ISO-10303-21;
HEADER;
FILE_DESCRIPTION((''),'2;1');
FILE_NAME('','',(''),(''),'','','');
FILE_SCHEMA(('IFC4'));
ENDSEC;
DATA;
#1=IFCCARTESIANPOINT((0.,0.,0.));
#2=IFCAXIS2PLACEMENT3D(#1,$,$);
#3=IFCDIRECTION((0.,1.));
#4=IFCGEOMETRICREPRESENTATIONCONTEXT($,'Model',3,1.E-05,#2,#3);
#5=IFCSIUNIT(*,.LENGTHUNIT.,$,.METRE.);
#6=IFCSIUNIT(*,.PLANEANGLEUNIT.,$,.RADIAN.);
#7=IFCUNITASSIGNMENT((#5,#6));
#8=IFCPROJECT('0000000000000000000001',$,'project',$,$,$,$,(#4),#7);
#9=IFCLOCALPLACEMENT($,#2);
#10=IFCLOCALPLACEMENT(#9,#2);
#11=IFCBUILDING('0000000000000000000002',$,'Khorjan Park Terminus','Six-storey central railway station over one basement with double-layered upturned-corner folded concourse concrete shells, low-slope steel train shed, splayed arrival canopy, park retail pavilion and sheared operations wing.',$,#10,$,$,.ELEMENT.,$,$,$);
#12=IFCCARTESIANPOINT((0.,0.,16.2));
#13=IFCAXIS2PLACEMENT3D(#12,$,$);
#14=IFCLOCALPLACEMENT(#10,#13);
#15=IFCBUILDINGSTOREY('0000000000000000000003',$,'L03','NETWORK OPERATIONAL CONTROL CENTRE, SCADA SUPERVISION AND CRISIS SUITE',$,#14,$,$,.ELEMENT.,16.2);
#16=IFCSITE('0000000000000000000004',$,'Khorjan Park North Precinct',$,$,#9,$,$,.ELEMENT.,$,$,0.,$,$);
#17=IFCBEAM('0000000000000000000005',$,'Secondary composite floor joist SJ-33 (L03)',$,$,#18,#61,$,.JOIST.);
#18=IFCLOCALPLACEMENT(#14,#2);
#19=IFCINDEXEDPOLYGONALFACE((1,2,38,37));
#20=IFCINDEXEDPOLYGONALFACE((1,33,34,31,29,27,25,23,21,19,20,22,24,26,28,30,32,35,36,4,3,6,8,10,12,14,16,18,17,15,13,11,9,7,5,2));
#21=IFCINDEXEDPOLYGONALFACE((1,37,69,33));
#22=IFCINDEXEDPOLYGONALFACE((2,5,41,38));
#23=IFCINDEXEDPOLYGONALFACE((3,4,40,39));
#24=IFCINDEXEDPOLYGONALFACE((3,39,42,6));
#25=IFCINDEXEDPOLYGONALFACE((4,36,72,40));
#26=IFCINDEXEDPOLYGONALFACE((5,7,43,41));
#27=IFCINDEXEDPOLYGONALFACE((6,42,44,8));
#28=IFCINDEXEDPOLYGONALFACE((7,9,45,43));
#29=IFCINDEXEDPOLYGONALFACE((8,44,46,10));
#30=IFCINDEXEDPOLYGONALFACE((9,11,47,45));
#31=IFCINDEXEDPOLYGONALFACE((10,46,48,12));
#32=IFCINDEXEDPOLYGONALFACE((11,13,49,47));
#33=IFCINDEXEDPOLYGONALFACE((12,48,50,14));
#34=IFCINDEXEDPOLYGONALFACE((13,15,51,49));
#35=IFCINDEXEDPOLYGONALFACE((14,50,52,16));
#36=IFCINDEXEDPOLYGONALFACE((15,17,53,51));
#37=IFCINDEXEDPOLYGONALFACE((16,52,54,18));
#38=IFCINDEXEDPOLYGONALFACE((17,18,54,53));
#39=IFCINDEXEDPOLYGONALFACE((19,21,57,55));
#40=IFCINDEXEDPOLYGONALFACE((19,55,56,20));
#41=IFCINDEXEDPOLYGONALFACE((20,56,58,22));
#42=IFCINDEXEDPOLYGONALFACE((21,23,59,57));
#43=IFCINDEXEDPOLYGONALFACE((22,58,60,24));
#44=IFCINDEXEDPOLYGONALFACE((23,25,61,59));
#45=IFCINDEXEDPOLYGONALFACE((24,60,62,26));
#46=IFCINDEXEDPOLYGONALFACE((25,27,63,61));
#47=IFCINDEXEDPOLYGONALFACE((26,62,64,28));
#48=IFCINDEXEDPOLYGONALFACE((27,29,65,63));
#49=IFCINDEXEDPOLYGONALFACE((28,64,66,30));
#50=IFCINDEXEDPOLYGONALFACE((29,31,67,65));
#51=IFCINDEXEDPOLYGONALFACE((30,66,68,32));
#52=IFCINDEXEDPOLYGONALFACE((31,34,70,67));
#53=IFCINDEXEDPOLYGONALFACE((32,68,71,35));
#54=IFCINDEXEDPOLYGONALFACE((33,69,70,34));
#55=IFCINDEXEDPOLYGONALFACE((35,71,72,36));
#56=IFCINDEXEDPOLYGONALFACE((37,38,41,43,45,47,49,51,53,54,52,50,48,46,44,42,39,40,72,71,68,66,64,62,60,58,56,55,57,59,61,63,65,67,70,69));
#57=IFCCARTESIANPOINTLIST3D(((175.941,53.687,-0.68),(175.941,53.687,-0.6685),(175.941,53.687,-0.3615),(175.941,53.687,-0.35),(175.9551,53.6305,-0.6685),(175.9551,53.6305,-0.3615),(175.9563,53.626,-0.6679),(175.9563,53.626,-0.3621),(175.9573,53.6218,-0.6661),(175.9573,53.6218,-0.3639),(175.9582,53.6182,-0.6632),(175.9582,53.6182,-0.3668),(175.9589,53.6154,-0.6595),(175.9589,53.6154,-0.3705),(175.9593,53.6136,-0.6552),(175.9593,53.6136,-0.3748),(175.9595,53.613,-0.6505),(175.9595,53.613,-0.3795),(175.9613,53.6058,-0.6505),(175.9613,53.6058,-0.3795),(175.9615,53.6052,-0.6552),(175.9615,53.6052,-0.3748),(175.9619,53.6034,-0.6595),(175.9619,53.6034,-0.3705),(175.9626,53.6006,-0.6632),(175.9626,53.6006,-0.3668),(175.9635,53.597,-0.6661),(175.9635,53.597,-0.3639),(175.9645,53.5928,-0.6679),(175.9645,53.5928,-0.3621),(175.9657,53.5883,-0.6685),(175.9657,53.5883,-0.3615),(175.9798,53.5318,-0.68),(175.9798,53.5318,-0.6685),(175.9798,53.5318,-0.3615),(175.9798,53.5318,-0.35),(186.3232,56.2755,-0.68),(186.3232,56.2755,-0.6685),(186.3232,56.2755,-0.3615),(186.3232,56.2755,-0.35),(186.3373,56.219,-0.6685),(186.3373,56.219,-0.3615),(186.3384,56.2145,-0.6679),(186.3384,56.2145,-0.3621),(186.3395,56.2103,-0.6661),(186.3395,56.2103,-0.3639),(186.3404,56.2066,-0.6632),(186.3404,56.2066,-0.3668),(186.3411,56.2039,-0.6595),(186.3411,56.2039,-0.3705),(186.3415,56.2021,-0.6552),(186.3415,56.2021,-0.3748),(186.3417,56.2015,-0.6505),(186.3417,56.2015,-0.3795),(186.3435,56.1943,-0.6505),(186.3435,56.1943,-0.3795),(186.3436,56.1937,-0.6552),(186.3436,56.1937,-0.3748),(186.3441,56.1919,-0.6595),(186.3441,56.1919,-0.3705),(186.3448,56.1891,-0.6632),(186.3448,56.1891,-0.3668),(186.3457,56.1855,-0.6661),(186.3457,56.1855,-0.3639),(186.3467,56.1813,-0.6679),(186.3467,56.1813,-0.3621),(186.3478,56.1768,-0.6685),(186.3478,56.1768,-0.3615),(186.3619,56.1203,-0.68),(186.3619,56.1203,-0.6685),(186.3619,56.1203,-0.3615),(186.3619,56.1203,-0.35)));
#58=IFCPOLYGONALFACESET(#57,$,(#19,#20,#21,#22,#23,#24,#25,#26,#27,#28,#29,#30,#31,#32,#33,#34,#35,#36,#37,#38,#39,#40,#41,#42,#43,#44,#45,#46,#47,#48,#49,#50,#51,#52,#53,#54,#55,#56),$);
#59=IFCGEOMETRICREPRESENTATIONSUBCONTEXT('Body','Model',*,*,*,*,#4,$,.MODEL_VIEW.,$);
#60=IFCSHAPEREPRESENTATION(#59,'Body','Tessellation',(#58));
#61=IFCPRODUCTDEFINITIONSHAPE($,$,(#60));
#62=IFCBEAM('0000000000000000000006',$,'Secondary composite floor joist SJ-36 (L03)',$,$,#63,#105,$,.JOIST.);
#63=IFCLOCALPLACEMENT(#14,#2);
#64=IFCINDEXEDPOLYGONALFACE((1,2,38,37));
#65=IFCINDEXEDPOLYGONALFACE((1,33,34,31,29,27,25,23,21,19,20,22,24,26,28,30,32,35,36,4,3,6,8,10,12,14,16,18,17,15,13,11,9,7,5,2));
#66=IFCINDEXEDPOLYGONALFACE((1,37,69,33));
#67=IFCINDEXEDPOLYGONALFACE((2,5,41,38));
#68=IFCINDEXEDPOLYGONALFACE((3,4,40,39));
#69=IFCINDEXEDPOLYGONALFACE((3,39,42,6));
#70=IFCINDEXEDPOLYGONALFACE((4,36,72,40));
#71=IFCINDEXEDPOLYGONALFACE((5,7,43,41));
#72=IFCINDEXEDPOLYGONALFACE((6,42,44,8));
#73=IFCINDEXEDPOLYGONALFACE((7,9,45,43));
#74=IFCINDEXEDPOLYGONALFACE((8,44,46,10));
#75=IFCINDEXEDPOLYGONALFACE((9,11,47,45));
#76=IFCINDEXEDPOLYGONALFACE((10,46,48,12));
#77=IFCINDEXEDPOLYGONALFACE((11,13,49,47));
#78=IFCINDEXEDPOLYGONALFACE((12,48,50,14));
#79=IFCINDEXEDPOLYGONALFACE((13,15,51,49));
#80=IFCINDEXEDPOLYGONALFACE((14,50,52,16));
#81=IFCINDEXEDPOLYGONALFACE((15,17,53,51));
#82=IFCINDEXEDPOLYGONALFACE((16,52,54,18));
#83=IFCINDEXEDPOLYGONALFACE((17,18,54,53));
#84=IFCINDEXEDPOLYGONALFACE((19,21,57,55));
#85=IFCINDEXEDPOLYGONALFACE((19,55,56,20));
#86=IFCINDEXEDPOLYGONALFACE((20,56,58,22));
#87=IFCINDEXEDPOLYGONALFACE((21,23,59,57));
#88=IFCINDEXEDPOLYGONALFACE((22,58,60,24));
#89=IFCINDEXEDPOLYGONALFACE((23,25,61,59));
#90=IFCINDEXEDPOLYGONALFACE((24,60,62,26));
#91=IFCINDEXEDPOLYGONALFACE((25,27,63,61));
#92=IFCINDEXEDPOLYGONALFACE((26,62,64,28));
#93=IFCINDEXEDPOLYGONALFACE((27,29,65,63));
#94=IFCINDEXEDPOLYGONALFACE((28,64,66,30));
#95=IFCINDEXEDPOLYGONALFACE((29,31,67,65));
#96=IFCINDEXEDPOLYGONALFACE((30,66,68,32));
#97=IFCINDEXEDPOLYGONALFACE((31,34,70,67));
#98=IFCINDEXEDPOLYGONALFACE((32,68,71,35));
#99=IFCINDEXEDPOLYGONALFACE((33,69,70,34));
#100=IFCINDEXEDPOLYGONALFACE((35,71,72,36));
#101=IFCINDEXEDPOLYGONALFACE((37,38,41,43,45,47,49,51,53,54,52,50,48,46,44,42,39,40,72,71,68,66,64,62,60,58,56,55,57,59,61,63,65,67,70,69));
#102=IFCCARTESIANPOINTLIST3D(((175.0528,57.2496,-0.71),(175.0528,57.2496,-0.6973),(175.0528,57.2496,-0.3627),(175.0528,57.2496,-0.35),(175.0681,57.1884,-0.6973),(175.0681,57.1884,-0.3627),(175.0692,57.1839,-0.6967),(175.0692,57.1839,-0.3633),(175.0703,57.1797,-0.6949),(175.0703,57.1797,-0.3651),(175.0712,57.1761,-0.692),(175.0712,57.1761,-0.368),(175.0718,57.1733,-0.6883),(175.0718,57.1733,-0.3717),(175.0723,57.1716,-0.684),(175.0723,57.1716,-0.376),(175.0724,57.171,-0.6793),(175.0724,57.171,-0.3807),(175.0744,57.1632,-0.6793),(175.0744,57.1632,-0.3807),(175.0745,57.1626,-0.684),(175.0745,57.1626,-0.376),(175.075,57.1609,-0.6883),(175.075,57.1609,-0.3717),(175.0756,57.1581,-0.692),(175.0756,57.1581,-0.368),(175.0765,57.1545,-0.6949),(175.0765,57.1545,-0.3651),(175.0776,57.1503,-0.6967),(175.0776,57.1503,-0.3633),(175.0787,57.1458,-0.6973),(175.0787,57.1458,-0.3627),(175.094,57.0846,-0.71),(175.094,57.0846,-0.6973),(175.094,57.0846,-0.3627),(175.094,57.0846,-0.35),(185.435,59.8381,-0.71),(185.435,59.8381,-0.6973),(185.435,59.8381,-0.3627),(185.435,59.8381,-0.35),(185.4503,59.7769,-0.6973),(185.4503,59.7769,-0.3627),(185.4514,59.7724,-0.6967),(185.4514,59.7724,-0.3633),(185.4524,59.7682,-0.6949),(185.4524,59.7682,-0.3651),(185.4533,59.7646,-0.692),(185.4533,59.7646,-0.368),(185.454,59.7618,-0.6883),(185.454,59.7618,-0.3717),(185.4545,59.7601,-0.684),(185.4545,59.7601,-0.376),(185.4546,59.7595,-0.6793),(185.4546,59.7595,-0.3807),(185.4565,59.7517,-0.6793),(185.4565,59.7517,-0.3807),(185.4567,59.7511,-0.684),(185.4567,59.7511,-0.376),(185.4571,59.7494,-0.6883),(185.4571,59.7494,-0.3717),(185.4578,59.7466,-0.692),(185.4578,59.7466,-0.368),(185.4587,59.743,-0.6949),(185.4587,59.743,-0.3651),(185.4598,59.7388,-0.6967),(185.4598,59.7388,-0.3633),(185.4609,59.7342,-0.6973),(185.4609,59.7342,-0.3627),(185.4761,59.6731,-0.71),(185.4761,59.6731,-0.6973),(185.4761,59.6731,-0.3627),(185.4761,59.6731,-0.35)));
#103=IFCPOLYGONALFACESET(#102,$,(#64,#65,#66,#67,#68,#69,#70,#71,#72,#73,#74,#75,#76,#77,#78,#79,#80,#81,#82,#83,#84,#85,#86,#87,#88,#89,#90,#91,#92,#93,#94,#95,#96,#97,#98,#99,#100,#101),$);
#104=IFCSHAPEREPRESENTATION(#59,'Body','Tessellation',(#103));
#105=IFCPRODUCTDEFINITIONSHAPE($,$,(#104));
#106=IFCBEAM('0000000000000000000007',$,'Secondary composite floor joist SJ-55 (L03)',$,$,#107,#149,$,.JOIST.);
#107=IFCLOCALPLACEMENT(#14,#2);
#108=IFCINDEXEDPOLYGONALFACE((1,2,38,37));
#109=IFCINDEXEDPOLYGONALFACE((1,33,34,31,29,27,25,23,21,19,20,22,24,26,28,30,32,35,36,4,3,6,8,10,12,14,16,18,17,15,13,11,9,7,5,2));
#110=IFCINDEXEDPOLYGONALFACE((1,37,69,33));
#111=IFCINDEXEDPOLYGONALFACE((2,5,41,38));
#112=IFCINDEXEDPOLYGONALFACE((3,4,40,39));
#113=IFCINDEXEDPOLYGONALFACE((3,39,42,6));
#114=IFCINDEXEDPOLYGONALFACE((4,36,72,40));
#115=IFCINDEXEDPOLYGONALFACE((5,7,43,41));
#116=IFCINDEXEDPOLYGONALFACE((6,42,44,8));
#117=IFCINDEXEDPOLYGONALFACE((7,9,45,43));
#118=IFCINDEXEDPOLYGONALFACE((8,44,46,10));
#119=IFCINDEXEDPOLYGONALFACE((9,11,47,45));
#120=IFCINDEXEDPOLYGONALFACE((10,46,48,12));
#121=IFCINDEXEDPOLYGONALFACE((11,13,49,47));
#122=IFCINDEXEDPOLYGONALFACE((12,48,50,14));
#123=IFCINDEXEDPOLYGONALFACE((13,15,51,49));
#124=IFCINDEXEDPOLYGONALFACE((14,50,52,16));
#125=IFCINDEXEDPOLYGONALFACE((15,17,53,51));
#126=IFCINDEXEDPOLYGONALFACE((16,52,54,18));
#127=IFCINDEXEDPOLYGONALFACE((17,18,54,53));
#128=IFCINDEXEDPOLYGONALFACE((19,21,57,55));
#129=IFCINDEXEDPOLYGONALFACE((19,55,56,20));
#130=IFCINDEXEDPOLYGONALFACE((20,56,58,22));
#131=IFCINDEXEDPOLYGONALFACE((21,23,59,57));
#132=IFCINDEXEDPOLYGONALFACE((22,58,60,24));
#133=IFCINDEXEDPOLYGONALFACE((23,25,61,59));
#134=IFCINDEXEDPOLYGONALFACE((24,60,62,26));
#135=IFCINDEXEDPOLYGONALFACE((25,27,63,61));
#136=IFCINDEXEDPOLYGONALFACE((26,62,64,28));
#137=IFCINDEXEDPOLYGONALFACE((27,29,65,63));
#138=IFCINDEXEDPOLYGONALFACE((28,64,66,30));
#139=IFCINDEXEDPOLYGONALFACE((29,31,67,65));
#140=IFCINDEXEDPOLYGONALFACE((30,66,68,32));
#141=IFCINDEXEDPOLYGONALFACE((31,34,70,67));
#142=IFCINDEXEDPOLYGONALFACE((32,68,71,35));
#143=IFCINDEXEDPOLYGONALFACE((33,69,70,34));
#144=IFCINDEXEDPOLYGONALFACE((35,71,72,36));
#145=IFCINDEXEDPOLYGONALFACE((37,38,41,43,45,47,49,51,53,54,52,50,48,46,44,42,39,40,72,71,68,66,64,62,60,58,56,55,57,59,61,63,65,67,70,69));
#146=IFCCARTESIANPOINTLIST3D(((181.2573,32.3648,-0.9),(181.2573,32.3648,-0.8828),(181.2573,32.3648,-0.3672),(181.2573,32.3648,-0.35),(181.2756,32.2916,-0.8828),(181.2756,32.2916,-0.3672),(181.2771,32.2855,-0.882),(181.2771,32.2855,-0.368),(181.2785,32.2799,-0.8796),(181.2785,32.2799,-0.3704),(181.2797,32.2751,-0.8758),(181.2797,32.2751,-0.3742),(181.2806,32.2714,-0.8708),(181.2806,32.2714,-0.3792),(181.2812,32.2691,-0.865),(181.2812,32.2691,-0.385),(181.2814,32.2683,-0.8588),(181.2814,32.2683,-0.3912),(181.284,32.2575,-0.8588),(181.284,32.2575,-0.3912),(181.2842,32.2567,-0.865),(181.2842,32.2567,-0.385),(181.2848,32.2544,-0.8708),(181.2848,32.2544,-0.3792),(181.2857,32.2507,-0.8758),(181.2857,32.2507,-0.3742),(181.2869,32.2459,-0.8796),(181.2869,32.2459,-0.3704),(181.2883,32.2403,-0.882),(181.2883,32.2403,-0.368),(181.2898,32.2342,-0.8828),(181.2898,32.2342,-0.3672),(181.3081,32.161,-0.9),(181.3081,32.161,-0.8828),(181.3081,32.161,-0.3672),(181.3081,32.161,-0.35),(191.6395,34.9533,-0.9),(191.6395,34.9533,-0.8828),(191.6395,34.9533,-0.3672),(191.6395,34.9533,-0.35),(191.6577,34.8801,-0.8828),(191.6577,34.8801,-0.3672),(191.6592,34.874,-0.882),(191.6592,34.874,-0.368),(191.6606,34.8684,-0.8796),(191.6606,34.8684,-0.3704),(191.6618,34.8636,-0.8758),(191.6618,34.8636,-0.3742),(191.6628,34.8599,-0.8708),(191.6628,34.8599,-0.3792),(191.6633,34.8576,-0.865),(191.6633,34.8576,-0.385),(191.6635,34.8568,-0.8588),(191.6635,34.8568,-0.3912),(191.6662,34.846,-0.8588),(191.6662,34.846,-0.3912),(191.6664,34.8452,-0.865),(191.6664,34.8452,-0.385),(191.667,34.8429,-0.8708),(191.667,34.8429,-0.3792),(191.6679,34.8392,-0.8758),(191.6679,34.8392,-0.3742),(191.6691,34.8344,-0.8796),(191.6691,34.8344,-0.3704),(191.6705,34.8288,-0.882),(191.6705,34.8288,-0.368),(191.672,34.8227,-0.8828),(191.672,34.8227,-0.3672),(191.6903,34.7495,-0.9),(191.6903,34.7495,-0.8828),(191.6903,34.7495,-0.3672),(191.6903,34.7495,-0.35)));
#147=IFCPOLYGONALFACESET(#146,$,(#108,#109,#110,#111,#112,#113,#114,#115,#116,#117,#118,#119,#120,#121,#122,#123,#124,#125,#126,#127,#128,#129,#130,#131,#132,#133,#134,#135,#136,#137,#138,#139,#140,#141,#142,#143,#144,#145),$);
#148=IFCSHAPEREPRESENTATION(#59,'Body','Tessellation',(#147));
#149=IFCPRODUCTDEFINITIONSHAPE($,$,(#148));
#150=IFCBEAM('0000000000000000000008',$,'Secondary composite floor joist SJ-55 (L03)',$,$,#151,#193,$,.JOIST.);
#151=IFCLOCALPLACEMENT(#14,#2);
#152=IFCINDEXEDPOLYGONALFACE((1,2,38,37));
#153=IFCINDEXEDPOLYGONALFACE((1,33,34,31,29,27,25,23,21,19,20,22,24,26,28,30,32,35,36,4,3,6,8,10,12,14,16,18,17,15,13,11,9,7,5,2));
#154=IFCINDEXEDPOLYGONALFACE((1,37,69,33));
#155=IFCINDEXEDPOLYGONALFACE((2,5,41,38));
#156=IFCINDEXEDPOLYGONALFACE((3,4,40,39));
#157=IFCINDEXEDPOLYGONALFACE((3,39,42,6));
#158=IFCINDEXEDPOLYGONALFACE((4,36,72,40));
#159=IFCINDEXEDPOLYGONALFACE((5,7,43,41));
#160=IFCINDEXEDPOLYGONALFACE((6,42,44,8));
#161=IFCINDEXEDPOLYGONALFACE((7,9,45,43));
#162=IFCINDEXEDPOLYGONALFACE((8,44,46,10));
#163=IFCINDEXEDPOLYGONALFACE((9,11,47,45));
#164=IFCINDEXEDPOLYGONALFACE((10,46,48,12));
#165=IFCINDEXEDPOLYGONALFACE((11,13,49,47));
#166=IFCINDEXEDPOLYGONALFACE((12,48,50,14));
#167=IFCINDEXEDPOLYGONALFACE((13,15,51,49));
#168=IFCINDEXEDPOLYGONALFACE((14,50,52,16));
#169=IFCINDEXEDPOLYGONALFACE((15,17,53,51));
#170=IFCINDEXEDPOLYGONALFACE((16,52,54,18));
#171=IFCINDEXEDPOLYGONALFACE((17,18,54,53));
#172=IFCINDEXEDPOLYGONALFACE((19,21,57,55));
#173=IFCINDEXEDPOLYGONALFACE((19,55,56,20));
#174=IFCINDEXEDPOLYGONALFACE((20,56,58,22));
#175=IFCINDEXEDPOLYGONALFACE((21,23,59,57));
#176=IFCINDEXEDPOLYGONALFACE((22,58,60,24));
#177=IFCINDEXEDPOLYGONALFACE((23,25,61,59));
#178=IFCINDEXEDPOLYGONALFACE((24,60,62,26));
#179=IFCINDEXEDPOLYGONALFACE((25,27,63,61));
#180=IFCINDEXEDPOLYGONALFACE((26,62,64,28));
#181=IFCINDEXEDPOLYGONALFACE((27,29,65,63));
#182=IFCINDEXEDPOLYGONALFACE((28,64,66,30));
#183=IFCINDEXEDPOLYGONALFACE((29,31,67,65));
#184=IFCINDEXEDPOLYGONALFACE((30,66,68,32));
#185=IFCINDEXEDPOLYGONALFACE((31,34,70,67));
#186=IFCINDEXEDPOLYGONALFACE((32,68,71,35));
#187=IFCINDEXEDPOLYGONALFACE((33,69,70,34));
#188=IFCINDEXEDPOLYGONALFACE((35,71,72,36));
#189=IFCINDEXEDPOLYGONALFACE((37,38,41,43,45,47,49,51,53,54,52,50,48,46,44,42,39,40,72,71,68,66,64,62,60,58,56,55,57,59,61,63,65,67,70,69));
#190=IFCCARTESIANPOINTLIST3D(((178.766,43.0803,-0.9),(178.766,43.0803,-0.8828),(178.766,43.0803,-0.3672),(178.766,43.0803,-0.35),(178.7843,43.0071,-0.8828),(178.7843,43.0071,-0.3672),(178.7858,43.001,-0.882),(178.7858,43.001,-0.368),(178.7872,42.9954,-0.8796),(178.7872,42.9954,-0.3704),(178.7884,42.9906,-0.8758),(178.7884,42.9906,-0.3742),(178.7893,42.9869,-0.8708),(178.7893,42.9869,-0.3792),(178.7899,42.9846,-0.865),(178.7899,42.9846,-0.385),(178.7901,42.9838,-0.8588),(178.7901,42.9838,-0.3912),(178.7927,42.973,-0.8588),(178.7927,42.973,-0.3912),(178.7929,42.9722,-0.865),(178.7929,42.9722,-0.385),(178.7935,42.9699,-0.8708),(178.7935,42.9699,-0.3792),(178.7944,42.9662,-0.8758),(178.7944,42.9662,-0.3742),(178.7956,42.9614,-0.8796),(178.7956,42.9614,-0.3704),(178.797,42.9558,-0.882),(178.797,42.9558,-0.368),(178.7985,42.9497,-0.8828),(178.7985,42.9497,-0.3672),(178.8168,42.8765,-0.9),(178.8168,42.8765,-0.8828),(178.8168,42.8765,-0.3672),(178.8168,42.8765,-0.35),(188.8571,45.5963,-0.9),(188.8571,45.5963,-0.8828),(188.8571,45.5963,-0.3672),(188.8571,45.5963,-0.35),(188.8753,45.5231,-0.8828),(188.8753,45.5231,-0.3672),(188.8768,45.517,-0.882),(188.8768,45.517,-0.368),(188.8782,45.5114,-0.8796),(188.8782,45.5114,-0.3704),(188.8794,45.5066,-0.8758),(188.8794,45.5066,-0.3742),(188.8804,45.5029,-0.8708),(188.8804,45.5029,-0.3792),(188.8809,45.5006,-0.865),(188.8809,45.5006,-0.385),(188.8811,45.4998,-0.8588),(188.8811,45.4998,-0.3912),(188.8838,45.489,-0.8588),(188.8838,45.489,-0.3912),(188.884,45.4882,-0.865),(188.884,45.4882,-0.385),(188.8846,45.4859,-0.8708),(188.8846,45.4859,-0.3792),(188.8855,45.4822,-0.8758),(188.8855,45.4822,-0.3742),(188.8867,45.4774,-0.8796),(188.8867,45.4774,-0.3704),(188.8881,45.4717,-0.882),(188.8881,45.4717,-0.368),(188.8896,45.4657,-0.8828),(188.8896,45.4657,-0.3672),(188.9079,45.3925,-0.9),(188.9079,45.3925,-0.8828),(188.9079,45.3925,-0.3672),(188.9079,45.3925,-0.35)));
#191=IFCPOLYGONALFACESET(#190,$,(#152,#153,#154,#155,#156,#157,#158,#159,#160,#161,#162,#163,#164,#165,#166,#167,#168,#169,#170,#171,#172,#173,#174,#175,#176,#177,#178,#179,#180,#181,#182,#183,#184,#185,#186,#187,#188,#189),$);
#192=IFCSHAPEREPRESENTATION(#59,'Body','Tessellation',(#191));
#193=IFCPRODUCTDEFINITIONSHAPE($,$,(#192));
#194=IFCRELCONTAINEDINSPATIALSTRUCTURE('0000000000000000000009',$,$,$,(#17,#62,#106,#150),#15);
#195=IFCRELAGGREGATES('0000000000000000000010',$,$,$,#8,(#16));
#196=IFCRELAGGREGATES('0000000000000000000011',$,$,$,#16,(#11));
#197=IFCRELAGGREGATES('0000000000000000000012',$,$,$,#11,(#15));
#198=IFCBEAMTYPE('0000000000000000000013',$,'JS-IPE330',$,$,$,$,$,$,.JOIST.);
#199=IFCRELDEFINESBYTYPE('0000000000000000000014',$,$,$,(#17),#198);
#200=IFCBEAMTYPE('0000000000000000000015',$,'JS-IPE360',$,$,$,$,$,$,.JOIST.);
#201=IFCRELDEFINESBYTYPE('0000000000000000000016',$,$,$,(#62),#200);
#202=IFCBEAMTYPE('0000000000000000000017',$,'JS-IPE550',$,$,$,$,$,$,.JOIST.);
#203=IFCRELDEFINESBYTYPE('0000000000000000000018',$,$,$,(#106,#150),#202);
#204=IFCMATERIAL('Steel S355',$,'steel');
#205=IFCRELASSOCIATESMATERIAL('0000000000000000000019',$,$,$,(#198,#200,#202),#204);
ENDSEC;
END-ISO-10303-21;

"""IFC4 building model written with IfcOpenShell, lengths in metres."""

from ifc_helpers import new_model, si_unit, direction, frame, origin, origin_2d, place, context, subcontext, project, spatial, i_section, extrude, material, material_profile, profile_set, type_object, element, save


model = new_model("IFC4")

# Units and contexts
model_context = context("Model", 3, precision=1e-05, world=origin(), true_north=direction((0.0, 1.0)))
body_context = subcontext(model_context, "Body", "Model", "MODEL_VIEW")
ifc_project = project(units=[si_unit("LENGTHUNIT", "METRE"), si_unit("PLANEANGLEUNIT", "RADIAN")], contexts=[model_context])

# Site, building, storey
site_placement = place(None, origin())
site = spatial("IfcSite", under=ifc_project, at=site_placement, Name="Khorjan Park North Precinct", CompositionType="ELEMENT", RefElevation=0.0)
building_placement = place(site_placement, origin())
building = spatial("IfcBuilding", under=site, at=building_placement, Name="Khorjan Park Terminus", Description="Six-storey central railway station over one basement with double-layered upturned-corner folded concourse concrete shells, low-slope steel train shed, splayed arrival canopy, park retail pavilion and sheared operations wing.", CompositionType="ELEMENT")
storey_placement = place(building_placement, frame((0.0, 0.0, 16.2)))
storey = spatial("IfcBuildingStorey", under=building, at=storey_placement, Name="L03", Description="NETWORK OPERATIONAL CONTROL CENTRE, SCADA SUPERVISION AND CRISIS SUITE", CompositionType="ELEMENT", Elevation=16.2)

# Beams
ifc_material_1 = material(Name="Steel S355", Category="steel")
ifc_material_profile_1 = material_profile(ifc_material_1, i_section(OverallWidth=0.16, OverallDepth=0.33, WebThickness=0.0075, FlangeThickness=0.0115, FilletRadius=0.018, at=origin_2d()), Name="IPE 330")
ifc_profile_set_1 = profile_set([ifc_material_profile_1], Name="Steel S355")
beam_type_1 = type_object("IfcBeamType", Name="JS-IPE330", PredefinedType="JOIST", material=ifc_profile_set_1)
beam_1_placement = place(storey_placement, frame((175.9604, 53.6094, -0.515), z_axis=(0.970297, 0.241915, 0.0), x_axis=(-0.241915, 0.970297, 0.0)))
element("IfcBeam", 1, at=beam_1_placement, inside=storey, type_object=beam_type_1, Name="Secondary composite floor joist SJ-33 (L03)", PredefinedType="JOIST", context=body_context, shape_type="SweptSolid", body=[
    extrude(i_section(OverallWidth=0.16, OverallDepth=0.33, WebThickness=0.0075, FlangeThickness=0.0115, FilletRadius=0.018, at=origin_2d()), origin(), (0.0, 0.0, 1.0), 10.7),
])
ifc_material_profile_2 = material_profile(ifc_material_1, i_section(OverallWidth=0.17, OverallDepth=0.36, WebThickness=0.008, FlangeThickness=0.0127, FilletRadius=0.018, at=origin_2d()), Name="IPE 360")
ifc_profile_set_2 = profile_set([ifc_material_profile_2], Name="Steel S355")
beam_type_2 = type_object("IfcBeamType", Name="JS-IPE360", PredefinedType="JOIST", material=ifc_profile_set_2)
beam_2_placement = place(storey_placement, frame((175.0734, 57.1671, -0.53), z_axis=(0.970297, 0.241915, 0.0), x_axis=(-0.241915, 0.970297, 0.0)))
element("IfcBeam", 2, at=beam_2_placement, inside=storey, type_object=beam_type_2, Name="Secondary composite floor joist SJ-36 (L03)", PredefinedType="JOIST", context=body_context, shape_type="SweptSolid", body=[
    extrude(i_section(OverallWidth=0.17, OverallDepth=0.36, WebThickness=0.008, FlangeThickness=0.0127, FilletRadius=0.018, at=origin_2d()), origin(), (0.0, 0.0, 1.0), 10.7),
])
ifc_material_profile_3 = material_profile(ifc_material_1, i_section(OverallWidth=0.21, OverallDepth=0.55, WebThickness=0.0111, FlangeThickness=0.0172, FilletRadius=0.024, at=origin_2d()), Name="IPE 550")
ifc_profile_set_3 = profile_set([ifc_material_profile_3], Name="Steel S355")
beam_type_3 = type_object("IfcBeamType", Name="JS-IPE550", PredefinedType="JOIST", material=ifc_profile_set_3)
beam_3_placement = place(storey_placement, frame((181.2827, 32.2629, -0.625), z_axis=(0.970297, 0.241915, 0.0), x_axis=(-0.241915, 0.970297, 0.0)))
element("IfcBeam", 3, at=beam_3_placement, inside=storey, type_object=beam_type_3, Name="Secondary composite floor joist SJ-55 (L03)", PredefinedType="JOIST", context=body_context, shape_type="SweptSolid", body=[
    extrude(i_section(OverallWidth=0.21, OverallDepth=0.55, WebThickness=0.0111, FlangeThickness=0.0172, FilletRadius=0.024, at=origin_2d()), origin(), (0.0, 0.0, 1.0), 10.7),
])
beam_4_placement = place(storey_placement, frame((178.7914, 42.9784, -0.625), z_axis=(0.970296, 0.241922, 0.0), x_axis=(-0.241922, 0.970296, 0.0)))
element("IfcBeam", 4, at=beam_4_placement, inside=storey, type_object=beam_type_3, Name="Secondary composite floor joist SJ-55 (L03)", PredefinedType="JOIST", context=body_context, shape_type="SweptSolid", body=[
    extrude(i_section(OverallWidth=0.21, OverallDepth=0.55, WebThickness=0.0111, FlangeThickness=0.0172, FilletRadius=0.024, at=origin_2d()), origin(), (0.0, 0.0, 1.0), 10.4),
])

save(model, "model.ifc")
